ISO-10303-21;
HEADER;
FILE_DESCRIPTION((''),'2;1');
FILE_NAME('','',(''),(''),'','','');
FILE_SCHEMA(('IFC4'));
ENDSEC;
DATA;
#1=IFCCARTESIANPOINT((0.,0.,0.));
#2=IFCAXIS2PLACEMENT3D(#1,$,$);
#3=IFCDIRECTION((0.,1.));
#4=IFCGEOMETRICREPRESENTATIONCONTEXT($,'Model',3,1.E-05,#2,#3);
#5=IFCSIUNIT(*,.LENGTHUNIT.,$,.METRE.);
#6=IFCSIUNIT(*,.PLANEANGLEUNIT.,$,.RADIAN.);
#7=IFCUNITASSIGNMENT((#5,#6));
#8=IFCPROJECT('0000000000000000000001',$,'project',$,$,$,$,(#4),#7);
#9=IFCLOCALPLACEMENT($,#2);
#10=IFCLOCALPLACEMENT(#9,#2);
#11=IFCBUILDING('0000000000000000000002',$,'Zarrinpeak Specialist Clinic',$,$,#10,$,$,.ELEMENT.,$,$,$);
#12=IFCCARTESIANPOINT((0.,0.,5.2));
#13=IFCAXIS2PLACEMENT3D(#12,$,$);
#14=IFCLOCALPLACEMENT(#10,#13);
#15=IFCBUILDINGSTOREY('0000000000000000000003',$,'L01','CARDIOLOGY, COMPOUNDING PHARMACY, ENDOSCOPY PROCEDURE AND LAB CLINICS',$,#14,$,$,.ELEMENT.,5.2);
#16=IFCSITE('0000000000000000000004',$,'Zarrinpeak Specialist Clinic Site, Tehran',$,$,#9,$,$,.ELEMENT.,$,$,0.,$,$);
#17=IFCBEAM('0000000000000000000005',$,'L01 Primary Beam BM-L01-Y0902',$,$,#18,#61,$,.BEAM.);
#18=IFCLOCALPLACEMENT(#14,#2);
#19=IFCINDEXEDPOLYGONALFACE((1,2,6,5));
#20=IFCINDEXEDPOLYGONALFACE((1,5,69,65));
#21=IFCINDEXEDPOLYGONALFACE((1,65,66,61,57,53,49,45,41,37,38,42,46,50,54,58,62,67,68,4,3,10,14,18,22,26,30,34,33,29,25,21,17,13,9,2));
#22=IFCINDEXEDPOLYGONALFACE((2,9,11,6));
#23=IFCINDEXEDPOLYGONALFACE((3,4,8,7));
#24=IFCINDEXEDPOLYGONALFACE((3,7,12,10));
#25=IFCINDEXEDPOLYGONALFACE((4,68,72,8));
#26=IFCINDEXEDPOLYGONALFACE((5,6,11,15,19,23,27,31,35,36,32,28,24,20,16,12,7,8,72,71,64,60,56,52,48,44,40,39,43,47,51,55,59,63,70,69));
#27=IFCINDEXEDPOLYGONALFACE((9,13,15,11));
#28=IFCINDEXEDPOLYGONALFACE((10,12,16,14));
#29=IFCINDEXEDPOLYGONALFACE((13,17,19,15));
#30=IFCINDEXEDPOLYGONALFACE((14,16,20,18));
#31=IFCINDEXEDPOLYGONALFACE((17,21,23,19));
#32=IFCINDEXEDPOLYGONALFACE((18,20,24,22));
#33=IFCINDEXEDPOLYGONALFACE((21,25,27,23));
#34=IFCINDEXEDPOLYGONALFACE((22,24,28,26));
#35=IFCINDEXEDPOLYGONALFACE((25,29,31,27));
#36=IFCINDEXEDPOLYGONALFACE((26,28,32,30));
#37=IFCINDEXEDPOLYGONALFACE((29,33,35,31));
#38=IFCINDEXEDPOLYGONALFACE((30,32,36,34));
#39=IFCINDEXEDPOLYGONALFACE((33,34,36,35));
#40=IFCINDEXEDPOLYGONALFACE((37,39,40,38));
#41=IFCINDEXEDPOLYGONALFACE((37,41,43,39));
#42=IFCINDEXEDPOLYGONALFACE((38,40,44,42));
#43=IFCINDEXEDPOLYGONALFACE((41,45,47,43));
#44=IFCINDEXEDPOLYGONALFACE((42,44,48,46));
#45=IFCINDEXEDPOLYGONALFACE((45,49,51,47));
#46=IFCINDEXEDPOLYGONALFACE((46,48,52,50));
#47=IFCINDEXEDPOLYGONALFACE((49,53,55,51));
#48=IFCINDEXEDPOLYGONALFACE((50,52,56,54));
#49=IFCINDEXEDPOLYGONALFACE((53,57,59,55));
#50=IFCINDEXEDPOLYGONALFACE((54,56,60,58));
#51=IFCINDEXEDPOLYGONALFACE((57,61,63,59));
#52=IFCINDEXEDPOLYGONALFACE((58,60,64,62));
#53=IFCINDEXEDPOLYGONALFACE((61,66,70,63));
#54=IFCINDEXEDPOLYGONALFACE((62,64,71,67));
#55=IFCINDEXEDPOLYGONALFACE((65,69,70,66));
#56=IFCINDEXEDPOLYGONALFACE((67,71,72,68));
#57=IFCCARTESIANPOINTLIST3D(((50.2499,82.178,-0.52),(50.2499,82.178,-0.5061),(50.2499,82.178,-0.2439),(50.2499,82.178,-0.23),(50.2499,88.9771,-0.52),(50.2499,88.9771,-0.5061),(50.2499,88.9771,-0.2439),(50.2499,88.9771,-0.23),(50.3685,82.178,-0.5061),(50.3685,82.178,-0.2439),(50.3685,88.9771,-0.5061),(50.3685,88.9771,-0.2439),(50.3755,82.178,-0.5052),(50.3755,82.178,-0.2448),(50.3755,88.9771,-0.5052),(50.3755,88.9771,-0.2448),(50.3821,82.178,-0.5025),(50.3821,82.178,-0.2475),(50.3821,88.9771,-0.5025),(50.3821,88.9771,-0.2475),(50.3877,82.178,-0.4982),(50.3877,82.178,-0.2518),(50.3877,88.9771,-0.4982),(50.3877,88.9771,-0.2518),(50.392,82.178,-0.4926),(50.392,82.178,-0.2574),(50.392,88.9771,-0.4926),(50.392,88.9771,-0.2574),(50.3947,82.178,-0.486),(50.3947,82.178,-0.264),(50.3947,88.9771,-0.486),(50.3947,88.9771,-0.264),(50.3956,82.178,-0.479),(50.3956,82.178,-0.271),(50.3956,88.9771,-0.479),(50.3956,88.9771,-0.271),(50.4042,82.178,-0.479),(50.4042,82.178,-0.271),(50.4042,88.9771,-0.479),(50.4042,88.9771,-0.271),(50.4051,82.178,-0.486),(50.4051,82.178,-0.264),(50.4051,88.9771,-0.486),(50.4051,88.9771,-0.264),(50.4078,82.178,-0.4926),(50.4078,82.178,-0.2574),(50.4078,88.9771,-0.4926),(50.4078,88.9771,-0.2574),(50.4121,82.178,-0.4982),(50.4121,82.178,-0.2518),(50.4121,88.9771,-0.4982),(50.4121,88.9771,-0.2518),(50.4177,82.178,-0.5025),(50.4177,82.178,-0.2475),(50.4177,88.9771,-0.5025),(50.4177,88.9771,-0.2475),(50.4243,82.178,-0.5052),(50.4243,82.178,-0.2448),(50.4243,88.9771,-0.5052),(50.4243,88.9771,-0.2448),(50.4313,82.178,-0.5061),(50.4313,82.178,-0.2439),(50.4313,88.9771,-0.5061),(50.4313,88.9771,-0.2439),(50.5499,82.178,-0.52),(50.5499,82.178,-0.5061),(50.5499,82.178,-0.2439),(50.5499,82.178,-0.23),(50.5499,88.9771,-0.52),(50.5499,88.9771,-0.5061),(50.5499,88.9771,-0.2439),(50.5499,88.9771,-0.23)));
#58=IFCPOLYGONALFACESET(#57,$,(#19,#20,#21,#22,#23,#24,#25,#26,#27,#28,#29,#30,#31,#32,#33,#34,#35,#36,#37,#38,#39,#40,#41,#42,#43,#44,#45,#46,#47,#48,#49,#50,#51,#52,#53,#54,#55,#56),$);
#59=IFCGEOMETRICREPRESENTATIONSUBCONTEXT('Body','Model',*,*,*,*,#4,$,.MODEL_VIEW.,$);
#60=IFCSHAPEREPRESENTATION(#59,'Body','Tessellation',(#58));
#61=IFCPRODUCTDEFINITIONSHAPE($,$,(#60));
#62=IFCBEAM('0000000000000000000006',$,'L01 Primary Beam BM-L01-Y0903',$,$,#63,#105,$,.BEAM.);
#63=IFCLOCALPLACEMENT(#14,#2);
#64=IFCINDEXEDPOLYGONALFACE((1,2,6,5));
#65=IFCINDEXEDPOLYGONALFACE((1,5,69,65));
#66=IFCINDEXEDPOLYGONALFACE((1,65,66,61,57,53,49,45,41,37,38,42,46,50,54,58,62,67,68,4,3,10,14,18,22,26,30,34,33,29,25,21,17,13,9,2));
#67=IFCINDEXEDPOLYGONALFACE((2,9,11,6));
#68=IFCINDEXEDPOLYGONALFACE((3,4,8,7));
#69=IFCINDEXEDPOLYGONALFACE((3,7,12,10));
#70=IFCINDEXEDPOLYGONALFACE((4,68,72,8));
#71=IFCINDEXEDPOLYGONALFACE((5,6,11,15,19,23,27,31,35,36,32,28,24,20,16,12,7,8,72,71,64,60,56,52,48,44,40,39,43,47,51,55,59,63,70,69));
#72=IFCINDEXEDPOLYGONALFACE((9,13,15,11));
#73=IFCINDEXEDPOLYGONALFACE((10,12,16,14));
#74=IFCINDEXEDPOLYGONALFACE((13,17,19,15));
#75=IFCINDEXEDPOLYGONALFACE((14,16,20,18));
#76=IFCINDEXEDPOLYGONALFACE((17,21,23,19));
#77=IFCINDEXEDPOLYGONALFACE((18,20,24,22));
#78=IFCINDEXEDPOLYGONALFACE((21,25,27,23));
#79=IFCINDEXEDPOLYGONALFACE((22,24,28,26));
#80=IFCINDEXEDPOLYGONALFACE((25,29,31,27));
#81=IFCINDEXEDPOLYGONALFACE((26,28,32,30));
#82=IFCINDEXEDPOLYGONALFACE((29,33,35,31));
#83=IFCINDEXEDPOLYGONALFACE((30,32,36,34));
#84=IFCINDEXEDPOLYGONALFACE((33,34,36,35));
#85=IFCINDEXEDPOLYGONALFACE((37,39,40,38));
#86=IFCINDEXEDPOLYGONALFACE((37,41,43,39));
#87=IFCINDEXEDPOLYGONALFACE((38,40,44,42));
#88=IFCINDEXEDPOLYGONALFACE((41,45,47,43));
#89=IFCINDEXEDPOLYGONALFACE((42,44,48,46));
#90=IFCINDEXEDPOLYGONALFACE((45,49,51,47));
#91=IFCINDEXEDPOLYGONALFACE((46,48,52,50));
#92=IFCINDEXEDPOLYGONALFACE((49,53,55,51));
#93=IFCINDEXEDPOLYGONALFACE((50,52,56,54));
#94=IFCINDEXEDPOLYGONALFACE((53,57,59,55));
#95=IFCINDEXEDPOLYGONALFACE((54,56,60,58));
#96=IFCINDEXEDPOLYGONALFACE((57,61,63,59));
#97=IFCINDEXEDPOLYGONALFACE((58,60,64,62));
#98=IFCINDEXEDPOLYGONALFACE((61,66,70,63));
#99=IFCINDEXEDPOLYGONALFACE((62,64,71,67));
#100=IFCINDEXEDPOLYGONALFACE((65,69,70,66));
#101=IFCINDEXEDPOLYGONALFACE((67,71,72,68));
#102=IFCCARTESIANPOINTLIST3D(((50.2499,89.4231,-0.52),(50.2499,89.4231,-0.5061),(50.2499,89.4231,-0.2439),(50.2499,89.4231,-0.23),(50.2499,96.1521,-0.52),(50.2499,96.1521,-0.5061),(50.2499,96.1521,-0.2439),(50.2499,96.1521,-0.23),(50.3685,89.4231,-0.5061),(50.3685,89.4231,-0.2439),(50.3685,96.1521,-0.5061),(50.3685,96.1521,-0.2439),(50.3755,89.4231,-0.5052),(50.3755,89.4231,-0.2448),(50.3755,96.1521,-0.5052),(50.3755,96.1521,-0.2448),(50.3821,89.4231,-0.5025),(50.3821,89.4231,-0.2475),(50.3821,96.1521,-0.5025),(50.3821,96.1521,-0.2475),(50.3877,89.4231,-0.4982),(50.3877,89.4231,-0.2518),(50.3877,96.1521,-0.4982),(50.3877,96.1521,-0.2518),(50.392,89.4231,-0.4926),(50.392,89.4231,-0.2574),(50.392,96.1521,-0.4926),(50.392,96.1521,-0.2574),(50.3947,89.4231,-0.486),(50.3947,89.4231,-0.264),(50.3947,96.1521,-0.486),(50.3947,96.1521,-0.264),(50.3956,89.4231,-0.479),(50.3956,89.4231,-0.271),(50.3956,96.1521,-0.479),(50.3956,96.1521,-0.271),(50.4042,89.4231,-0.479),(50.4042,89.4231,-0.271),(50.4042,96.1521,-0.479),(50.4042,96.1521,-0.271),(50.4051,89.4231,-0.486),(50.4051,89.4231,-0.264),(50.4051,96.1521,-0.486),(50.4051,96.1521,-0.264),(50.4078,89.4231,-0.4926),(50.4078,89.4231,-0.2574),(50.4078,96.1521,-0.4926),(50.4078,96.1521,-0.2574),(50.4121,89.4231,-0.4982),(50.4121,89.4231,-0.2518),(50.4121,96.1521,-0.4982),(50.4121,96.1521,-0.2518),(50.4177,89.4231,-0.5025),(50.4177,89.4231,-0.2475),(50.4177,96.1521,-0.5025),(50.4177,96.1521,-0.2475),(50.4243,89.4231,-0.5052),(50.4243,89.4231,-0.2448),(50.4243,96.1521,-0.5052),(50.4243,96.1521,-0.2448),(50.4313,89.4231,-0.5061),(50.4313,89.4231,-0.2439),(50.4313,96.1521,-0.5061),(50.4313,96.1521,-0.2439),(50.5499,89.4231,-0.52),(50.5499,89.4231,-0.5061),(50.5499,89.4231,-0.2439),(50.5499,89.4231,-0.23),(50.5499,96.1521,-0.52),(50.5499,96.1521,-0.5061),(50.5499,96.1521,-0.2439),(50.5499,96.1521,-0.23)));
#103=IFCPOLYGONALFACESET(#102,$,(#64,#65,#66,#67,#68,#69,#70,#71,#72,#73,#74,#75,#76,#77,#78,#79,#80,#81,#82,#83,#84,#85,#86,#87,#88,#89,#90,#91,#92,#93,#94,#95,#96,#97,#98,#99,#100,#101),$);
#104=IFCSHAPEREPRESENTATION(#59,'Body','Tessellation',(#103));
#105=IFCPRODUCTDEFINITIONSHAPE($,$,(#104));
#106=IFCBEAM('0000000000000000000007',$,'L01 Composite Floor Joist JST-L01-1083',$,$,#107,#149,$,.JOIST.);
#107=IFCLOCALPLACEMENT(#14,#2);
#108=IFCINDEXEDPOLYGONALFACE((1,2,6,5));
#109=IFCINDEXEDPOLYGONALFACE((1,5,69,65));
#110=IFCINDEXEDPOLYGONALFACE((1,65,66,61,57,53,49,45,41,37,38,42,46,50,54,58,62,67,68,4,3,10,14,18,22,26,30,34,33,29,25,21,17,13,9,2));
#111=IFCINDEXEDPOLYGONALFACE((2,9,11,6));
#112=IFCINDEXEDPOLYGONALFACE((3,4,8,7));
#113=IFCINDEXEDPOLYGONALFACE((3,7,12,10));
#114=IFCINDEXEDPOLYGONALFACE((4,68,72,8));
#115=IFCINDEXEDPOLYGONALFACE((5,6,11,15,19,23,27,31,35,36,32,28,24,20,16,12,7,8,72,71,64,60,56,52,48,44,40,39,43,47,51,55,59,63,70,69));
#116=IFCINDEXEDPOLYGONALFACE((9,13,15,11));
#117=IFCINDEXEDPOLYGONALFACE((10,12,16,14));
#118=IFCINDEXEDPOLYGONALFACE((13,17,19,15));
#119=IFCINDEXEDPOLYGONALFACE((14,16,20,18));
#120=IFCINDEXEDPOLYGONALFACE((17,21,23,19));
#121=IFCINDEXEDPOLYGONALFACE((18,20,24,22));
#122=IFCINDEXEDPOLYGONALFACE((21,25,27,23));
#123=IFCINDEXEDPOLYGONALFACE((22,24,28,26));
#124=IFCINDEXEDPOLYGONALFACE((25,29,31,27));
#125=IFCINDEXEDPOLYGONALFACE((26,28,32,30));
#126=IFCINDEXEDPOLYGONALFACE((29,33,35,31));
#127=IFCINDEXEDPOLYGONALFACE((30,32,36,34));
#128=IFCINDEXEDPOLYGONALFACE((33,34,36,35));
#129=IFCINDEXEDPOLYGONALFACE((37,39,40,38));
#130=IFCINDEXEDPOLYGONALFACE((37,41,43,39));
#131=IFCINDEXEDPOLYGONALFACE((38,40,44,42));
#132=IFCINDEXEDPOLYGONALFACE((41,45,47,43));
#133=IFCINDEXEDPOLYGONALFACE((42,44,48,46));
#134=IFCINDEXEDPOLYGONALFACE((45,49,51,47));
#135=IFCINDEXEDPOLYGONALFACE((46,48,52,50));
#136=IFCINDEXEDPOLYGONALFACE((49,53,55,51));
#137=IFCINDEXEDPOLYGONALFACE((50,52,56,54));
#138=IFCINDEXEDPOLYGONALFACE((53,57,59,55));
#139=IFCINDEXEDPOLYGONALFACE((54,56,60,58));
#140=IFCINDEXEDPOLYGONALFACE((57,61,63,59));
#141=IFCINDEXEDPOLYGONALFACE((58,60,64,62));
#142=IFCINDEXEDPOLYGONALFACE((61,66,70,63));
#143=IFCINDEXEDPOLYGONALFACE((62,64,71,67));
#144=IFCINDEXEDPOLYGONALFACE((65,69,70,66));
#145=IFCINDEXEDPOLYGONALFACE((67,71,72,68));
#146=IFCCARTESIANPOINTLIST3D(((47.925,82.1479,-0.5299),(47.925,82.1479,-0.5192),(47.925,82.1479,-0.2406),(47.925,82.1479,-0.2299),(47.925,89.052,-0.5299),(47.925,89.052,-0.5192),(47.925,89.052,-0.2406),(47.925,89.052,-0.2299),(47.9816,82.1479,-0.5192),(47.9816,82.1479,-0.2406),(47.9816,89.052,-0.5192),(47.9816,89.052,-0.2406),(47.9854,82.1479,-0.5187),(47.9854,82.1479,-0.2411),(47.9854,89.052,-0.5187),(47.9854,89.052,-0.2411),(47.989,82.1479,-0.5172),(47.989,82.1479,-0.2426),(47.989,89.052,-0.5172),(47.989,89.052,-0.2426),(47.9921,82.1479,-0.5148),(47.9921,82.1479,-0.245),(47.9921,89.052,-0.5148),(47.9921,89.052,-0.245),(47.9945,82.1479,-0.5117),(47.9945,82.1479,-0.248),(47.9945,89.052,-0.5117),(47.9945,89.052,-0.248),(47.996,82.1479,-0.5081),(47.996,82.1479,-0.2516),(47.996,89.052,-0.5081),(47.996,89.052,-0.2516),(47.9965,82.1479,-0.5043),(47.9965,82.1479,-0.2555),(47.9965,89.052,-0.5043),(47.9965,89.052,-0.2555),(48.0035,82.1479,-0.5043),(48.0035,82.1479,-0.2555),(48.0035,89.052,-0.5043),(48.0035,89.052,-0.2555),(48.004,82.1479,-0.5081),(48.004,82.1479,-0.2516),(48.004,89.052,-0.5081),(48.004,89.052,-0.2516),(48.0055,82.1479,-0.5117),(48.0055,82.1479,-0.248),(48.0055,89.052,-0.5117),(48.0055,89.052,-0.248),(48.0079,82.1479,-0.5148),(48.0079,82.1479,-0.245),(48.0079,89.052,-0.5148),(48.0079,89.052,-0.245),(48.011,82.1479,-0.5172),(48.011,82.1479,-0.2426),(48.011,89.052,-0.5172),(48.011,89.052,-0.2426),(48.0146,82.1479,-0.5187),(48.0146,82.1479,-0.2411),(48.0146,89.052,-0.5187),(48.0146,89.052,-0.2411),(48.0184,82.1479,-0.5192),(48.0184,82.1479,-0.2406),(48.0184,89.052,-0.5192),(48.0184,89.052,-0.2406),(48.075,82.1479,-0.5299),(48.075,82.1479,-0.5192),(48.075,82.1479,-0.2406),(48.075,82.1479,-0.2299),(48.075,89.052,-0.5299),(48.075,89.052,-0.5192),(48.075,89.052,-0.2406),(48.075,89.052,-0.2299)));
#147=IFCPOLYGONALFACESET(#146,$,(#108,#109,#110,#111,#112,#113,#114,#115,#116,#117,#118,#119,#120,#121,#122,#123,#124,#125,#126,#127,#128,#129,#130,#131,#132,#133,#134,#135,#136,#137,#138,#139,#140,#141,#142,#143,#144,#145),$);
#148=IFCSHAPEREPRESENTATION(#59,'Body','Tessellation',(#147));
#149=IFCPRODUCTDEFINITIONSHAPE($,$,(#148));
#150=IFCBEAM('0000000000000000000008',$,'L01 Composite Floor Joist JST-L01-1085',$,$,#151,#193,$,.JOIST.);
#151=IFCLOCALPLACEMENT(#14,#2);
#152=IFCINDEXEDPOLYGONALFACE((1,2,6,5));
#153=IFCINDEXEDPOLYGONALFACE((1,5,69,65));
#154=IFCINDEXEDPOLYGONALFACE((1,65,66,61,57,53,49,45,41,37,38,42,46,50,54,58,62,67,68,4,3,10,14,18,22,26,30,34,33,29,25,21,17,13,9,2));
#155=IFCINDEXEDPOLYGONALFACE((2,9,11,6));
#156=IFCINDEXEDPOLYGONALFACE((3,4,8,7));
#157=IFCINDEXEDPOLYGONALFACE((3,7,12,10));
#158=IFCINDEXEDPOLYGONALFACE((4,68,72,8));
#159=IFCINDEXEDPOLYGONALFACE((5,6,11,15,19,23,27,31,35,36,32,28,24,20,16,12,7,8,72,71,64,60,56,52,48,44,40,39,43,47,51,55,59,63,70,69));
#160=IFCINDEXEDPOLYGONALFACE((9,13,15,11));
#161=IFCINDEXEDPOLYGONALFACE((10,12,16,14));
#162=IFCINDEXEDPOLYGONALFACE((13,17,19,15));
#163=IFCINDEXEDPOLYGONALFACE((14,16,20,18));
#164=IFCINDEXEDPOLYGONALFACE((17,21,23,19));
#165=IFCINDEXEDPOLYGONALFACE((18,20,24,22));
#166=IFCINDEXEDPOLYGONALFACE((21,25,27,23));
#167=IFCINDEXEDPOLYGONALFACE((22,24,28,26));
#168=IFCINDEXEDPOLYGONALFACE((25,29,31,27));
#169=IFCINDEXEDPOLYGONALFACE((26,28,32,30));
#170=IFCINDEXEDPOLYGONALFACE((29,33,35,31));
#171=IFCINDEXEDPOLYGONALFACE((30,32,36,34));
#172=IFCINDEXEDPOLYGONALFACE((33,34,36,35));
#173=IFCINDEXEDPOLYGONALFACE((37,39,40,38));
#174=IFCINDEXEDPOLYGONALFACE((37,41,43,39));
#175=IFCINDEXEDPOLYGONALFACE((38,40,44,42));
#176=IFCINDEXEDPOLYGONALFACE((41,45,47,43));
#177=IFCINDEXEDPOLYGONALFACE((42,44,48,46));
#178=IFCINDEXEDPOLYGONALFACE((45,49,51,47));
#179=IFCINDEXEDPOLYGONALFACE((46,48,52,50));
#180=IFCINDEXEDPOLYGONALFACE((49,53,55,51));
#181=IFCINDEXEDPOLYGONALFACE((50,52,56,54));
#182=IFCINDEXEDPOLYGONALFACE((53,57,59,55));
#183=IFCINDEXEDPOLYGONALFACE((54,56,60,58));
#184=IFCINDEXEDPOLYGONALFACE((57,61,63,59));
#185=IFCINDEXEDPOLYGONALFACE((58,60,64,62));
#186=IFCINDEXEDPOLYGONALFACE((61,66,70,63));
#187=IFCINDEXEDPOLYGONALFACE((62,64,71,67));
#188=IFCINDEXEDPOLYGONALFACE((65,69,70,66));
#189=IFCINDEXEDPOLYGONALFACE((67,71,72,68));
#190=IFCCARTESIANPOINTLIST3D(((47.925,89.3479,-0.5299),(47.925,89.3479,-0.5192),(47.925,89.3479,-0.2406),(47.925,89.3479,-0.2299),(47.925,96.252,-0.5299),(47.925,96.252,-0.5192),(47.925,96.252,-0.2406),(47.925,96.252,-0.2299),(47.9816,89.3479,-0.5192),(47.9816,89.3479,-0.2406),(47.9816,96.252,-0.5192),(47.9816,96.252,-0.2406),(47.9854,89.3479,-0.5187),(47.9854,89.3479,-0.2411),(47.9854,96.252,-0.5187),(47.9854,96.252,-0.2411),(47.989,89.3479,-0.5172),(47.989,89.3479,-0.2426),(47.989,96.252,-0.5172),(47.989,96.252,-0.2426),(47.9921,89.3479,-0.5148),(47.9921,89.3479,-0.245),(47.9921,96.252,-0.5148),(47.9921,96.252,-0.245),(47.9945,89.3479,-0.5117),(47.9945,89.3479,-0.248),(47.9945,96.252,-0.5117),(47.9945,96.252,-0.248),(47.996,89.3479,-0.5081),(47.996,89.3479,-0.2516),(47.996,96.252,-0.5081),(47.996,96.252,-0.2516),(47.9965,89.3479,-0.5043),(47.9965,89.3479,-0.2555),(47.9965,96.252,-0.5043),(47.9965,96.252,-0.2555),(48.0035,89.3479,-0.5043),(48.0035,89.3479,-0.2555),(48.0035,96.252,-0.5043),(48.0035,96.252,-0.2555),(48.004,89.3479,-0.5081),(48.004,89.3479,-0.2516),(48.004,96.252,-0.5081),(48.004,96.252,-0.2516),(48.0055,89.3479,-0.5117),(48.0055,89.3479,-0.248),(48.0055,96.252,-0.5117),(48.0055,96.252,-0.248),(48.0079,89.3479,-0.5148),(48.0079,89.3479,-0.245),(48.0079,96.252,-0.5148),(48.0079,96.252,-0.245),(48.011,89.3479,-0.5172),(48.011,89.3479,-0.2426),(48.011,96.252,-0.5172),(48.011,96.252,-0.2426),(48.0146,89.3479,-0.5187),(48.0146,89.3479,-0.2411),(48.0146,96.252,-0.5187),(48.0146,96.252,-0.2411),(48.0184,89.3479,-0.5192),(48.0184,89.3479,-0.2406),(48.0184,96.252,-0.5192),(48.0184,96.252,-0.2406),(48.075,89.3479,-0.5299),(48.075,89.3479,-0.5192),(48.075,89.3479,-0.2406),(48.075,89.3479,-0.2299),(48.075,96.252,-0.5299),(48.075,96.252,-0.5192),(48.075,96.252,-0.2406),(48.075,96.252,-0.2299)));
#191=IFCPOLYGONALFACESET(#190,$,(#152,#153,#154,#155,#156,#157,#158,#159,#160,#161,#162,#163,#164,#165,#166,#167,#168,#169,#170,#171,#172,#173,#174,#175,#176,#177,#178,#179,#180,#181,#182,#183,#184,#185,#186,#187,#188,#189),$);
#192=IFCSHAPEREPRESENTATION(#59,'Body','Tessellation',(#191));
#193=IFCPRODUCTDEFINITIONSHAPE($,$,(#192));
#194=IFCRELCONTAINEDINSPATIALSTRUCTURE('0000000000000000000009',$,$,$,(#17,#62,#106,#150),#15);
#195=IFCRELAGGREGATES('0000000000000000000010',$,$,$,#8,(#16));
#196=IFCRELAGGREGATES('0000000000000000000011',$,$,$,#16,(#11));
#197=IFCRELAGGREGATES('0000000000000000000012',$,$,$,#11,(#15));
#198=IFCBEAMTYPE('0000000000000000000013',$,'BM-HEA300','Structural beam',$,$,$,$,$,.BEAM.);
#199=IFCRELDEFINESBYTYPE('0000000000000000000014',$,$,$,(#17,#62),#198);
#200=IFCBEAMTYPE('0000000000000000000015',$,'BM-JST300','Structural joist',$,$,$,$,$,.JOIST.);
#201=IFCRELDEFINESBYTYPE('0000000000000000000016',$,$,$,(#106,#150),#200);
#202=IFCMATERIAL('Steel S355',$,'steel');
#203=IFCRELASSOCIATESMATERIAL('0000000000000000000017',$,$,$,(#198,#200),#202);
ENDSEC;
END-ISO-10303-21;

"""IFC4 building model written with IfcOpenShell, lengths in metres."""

from ifc_helpers import new_model, si_unit, direction, frame, origin, origin_2d, place, context, subcontext, project, spatial, i_section, extrude, material, material_profile, profile_set, type_object, element, save


model = new_model("IFC4")

# Units and contexts
model_context = context("Model", 3, precision=1e-05, world=origin(), true_north=direction((0.0, 1.0)))
body_context = subcontext(model_context, "Body", "Model", "MODEL_VIEW")
ifc_project = project(units=[si_unit("LENGTHUNIT", "METRE"), si_unit("PLANEANGLEUNIT", "RADIAN")], contexts=[model_context])

# Site, building, storey
site_placement = place(None, origin())
site = spatial("IfcSite", under=ifc_project, at=site_placement, Name="Zarrinpeak Specialist Clinic Site, Tehran", CompositionType="ELEMENT", RefElevation=0.0)
building_placement = place(site_placement, origin())
building = spatial("IfcBuilding", under=site, at=building_placement, Name="Zarrinpeak Specialist Clinic", CompositionType="ELEMENT")
storey_placement = place(building_placement, frame((0.0, 0.0, 5.2)))
storey = spatial("IfcBuildingStorey", under=building, at=storey_placement, Name="L01", Description="CARDIOLOGY, COMPOUNDING PHARMACY, ENDOSCOPY PROCEDURE AND LAB CLINICS", CompositionType="ELEMENT", Elevation=5.2)

# Shared definitions
ifc_material_1 = material(Name="Steel S355", Category="steel")

# Beams
ifc_material_profile_1 = material_profile(ifc_material_1, i_section(OverallWidth=0.3, OverallDepth=0.29, WebThickness=0.0085, FlangeThickness=0.0139, FilletRadius=0.0271, at=origin_2d()), Name="HEA 300")
ifc_profile_set_1 = profile_set([ifc_material_profile_1], Name="Steel S355")
beam_type_1 = type_object("IfcBeamType", Name="BM-HEA300", Description="Structural beam", PredefinedType="BEAM", material=ifc_profile_set_1)
beam_1_placement = place(storey_placement, frame((50.3999, 82.178, -0.375), z_axis=(0.0, 1.0, 0.0), x_axis=(-1.0, 0.0, 0.0)))
element("IfcBeam", 1, at=beam_1_placement, inside=storey, type_object=beam_type_1, Name="L01 Primary Beam BM-L01-Y0902", PredefinedType="BEAM", context=body_context, shape_type="SweptSolid", body=[
    extrude(i_section(OverallWidth=0.3, OverallDepth=0.29, WebThickness=0.0085, FlangeThickness=0.0139, FilletRadius=0.0271, at=origin_2d()), origin(), (0.0, 0.0, 1.0), 6.7991),
])
beam_2_placement = place(storey_placement, frame((50.3999, 89.4231, -0.375), z_axis=(0.0, 1.0, 0.0), x_axis=(-1.0, 0.0, 0.0)))
element("IfcBeam", 2, at=beam_2_placement, inside=storey, type_object=beam_type_1, Name="L01 Primary Beam BM-L01-Y0903", PredefinedType="BEAM", context=body_context, shape_type="SweptSolid", body=[
    extrude(i_section(OverallWidth=0.3, OverallDepth=0.29, WebThickness=0.0085, FlangeThickness=0.0139, FilletRadius=0.0271, at=origin_2d()), origin(), (0.0, 0.0, 1.0), 6.729),
])
ifc_material_profile_2 = material_profile(ifc_material_1, i_section(OverallWidth=0.1499, OverallDepth=0.3, WebThickness=0.0071, FlangeThickness=0.0107, FilletRadius=0.0149, at=origin_2d()), Name="IPE 300")
ifc_profile_set_2 = profile_set([ifc_material_profile_2], Name="Steel S355")
beam_type_2 = type_object("IfcBeamType", Name="BM-JST300", Description="Structural joist", PredefinedType="JOIST", material=ifc_profile_set_2)
for number, where, z_axis, x_axis, name in (
    (3, (48.0, 82.1479, -0.3799), (0.0, 1.0, 0.0), (-1.0, 0.0, 0.0), "L01 Composite Floor Joist JST-L01-1083"),
    (4, (48.0, 89.3479, -0.3799), (0.0, 1.0, 0.0), (-1.0, 0.0, 0.0), "L01 Composite Floor Joist JST-L01-1085"),
):
    element("IfcBeam", number, at=place(storey_placement, frame(where, z_axis=z_axis, x_axis=x_axis)), inside=storey, type_object=beam_type_2, Name=name, PredefinedType="JOIST", context=body_context, shape_type="SweptSolid", body=[
        extrude(i_section(OverallWidth=0.1499, OverallDepth=0.3, WebThickness=0.0071, FlangeThickness=0.0107, FilletRadius=0.0149, at=origin_2d()), origin(), (0.0, 0.0, 1.0), 6.9041),
    ])

save(model, "model.ifc")
